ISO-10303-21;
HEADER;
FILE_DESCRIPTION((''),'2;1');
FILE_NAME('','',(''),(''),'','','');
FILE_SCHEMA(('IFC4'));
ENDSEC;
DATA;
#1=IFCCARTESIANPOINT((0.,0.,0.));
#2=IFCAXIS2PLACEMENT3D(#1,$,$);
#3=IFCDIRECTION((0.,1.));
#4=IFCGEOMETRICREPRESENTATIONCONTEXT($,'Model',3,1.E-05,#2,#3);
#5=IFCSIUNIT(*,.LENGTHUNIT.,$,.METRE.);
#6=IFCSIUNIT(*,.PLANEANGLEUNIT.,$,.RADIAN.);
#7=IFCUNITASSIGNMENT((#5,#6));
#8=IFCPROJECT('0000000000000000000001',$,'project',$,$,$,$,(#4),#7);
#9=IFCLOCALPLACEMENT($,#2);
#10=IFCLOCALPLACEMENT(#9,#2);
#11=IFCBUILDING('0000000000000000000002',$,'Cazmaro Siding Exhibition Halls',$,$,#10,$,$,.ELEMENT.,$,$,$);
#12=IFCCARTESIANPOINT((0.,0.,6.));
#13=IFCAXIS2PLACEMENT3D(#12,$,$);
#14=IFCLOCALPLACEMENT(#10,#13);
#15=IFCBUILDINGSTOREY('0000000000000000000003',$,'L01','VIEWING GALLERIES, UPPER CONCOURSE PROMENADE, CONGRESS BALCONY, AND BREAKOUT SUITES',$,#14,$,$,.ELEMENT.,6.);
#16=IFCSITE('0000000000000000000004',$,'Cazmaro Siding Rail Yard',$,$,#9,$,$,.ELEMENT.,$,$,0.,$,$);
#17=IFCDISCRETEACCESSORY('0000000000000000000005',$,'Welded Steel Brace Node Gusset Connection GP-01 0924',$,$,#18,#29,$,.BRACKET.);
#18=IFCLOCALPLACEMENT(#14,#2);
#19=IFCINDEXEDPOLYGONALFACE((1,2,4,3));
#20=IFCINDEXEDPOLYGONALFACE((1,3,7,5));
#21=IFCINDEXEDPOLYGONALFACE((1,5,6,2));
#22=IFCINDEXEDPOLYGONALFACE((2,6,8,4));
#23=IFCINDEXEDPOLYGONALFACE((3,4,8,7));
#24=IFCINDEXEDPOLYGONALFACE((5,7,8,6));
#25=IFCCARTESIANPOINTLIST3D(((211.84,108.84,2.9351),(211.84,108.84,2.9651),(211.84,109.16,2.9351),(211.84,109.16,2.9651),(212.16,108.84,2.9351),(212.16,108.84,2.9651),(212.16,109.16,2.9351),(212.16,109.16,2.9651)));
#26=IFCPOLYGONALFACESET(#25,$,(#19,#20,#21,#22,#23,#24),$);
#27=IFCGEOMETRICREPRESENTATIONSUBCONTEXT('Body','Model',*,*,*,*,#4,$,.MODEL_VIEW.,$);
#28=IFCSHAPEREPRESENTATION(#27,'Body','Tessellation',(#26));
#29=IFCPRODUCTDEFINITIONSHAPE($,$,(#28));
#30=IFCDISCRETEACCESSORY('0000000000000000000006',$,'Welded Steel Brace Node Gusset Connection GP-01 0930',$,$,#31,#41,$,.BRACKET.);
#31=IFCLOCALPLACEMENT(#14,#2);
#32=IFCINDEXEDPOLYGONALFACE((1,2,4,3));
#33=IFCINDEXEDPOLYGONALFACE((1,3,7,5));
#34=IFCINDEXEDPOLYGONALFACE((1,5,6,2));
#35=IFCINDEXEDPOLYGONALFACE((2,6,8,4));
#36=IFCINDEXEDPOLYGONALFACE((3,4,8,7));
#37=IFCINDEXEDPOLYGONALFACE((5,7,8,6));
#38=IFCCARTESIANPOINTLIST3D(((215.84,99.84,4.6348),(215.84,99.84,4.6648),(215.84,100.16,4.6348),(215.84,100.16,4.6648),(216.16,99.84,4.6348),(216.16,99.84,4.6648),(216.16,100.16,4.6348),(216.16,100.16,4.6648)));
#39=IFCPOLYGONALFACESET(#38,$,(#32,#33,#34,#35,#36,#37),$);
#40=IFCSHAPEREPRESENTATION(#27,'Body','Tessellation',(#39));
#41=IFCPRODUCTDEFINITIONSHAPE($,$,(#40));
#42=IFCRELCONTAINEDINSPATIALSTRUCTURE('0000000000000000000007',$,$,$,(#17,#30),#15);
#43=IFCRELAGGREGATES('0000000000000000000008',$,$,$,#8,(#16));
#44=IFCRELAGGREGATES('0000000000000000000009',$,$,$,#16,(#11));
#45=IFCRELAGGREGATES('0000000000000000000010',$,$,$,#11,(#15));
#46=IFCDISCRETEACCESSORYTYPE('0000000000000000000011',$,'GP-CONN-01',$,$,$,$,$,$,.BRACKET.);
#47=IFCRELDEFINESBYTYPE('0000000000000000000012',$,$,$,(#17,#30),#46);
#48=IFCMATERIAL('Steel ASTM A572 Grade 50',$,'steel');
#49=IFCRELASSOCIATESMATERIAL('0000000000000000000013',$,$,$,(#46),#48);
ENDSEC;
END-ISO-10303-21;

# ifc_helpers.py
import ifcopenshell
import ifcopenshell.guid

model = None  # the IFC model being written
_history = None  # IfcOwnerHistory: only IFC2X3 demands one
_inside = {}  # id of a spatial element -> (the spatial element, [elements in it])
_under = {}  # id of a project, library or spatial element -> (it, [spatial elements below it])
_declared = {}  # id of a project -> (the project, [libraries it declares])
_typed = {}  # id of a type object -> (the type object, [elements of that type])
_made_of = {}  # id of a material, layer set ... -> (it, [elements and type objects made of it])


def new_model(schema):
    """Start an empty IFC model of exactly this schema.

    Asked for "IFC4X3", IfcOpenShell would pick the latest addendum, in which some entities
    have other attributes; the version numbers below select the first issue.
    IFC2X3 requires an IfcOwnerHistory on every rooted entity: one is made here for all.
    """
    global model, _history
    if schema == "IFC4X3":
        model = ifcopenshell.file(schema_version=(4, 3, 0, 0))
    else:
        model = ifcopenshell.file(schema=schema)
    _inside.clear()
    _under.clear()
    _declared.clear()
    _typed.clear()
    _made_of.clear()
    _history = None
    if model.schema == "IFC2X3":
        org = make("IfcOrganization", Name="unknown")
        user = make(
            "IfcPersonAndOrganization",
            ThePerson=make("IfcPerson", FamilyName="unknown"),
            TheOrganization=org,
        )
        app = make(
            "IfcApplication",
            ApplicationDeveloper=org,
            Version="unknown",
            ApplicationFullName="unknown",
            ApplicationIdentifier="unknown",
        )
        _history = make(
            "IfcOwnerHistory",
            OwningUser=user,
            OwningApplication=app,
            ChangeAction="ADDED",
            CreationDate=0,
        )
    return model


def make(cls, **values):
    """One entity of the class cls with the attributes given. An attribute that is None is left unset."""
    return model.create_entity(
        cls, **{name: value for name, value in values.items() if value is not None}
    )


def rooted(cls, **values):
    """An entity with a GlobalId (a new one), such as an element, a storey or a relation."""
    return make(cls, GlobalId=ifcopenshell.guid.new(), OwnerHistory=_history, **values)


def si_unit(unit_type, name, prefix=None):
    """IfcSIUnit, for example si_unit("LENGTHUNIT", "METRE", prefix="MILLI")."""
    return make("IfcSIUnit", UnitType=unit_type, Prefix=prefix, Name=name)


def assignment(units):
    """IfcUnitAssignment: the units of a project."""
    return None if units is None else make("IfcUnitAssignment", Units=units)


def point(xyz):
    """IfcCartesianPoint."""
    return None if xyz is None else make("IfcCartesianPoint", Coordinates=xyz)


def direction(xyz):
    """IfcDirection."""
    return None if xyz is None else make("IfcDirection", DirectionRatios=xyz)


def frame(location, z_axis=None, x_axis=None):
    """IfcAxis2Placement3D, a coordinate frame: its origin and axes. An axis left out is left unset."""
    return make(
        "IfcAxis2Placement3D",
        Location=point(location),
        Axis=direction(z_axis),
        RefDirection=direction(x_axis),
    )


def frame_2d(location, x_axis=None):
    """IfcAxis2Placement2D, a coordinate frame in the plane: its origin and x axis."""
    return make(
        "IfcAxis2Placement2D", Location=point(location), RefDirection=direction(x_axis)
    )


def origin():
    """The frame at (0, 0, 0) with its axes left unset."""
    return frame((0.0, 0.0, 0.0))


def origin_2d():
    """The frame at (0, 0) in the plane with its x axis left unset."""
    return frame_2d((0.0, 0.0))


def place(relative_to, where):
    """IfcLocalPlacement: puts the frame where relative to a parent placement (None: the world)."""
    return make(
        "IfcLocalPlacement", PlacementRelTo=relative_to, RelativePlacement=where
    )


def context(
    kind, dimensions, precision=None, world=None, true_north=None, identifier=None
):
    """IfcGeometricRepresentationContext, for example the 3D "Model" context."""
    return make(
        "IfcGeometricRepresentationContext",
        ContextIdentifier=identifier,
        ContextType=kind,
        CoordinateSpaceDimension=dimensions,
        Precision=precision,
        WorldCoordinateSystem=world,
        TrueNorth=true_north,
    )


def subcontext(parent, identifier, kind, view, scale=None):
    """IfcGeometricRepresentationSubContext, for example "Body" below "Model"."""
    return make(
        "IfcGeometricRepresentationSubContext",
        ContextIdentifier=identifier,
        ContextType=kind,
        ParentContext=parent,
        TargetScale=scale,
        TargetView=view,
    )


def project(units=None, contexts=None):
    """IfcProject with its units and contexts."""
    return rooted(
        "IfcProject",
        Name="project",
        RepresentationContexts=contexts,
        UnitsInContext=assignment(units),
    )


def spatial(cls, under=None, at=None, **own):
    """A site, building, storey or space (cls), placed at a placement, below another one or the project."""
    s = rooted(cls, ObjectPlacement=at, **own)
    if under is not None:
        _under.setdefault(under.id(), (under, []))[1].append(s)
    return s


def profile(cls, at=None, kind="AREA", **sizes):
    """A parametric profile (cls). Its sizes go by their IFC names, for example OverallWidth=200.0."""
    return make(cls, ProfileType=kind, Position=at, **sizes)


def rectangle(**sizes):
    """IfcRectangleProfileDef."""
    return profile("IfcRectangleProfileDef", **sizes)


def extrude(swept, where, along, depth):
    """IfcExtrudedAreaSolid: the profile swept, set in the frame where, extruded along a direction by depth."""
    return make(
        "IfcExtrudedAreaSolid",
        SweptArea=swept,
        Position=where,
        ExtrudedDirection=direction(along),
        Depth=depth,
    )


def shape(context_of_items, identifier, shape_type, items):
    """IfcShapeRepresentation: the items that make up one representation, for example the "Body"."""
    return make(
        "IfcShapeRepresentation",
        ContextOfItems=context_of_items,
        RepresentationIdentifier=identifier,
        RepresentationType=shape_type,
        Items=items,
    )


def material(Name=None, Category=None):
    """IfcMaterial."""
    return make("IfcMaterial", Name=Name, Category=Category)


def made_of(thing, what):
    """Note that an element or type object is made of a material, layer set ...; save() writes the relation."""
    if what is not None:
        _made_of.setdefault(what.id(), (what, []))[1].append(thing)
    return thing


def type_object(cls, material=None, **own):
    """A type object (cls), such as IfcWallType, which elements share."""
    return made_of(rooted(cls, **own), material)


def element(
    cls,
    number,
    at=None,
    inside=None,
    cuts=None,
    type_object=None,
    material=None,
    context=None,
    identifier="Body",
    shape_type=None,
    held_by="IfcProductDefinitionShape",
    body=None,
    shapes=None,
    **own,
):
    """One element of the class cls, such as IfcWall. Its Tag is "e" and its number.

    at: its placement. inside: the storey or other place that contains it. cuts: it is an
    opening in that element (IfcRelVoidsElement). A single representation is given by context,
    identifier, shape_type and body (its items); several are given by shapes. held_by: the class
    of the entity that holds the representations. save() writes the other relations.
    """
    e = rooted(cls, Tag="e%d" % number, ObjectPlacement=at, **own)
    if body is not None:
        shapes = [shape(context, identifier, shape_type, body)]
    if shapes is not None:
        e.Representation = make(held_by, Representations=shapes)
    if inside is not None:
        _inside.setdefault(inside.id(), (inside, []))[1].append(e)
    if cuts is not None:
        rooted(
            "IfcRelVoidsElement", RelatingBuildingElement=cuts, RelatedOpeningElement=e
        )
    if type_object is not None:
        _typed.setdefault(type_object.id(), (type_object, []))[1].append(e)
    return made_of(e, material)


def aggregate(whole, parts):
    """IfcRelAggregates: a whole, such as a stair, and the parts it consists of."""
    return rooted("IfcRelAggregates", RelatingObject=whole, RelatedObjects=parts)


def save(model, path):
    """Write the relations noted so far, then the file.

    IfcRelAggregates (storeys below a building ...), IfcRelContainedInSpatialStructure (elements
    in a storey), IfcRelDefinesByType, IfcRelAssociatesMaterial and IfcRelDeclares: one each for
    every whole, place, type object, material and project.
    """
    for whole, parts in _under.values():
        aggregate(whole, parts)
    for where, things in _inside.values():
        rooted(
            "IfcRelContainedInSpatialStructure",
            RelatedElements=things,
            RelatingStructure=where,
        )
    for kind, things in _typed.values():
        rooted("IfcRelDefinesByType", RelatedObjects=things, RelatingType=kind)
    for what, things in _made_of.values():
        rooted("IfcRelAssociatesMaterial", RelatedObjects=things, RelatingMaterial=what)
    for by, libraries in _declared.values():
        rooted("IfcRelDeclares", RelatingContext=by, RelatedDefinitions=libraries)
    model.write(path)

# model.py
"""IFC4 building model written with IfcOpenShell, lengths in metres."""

from ifc_helpers import new_model, si_unit, direction, frame, origin, origin_2d, place, context, subcontext, project, spatial, rectangle, extrude, material, type_object, element, save


model = new_model("IFC4")

# Units and contexts
model_context = context("Model", 3, precision=1e-05, world=origin(), true_north=direction((0.0, 1.0)))
body_context = subcontext(model_context, "Body", "Model", "MODEL_VIEW")
ifc_project = project(units=[si_unit("LENGTHUNIT", "METRE"), si_unit("PLANEANGLEUNIT", "RADIAN")], contexts=[model_context])

# Site, building, storey
site_placement = place(None, origin())
site = spatial("IfcSite", under=ifc_project, at=site_placement, Name="Cazmaro Siding Rail Yard", CompositionType="ELEMENT", RefElevation=0.0)
building_placement = place(site_placement, origin())
building = spatial("IfcBuilding", under=site, at=building_placement, Name="Cazmaro Siding Exhibition Halls", CompositionType="ELEMENT")
storey_placement = place(building_placement, frame((0.0, 0.0, 6.0)))
storey = spatial("IfcBuildingStorey", under=building, at=storey_placement, Name="L01", Description="VIEWING GALLERIES, UPPER CONCOURSE PROMENADE, CONGRESS BALCONY, AND BREAKOUT SUITES", CompositionType="ELEMENT", Elevation=6.0)

# Discrete accessories
ifc_material_1 = material(Name="Steel ASTM A572 Grade 50", Category="steel")
discrete_accessory_type = type_object("IfcDiscreteAccessoryType", Name="GP-CONN-01", PredefinedType="BRACKET", material=ifc_material_1)
for number, where, z_axis, x_axis, name in (
    (1, (212.0, 109.0, 2.9351), (0.0, 0.0, 1.0), (1.0, 0.0, 0.0), "Welded Steel Brace Node Gusset Connection GP-01 0924"),
    (2, (216.0, 100.0, 4.6348), (0.0, 0.0, 1.0), (1.0, 0.0, 0.0), "Welded Steel Brace Node Gusset Connection GP-01 0930"),
):
    element("IfcDiscreteAccessory", number, at=place(storey_placement, frame(where, z_axis=z_axis, x_axis=x_axis)), inside=storey, type_object=discrete_accessory_type, Name=name, PredefinedType="BRACKET", context=body_context, shape_type="SweptSolid", body=[
        extrude(rectangle(XDim=0.3201, YDim=0.3201, at=origin_2d()), origin(), (0.0, 0.0, 1.0), 0.03),
    ])

save(model, "model.ifc")
